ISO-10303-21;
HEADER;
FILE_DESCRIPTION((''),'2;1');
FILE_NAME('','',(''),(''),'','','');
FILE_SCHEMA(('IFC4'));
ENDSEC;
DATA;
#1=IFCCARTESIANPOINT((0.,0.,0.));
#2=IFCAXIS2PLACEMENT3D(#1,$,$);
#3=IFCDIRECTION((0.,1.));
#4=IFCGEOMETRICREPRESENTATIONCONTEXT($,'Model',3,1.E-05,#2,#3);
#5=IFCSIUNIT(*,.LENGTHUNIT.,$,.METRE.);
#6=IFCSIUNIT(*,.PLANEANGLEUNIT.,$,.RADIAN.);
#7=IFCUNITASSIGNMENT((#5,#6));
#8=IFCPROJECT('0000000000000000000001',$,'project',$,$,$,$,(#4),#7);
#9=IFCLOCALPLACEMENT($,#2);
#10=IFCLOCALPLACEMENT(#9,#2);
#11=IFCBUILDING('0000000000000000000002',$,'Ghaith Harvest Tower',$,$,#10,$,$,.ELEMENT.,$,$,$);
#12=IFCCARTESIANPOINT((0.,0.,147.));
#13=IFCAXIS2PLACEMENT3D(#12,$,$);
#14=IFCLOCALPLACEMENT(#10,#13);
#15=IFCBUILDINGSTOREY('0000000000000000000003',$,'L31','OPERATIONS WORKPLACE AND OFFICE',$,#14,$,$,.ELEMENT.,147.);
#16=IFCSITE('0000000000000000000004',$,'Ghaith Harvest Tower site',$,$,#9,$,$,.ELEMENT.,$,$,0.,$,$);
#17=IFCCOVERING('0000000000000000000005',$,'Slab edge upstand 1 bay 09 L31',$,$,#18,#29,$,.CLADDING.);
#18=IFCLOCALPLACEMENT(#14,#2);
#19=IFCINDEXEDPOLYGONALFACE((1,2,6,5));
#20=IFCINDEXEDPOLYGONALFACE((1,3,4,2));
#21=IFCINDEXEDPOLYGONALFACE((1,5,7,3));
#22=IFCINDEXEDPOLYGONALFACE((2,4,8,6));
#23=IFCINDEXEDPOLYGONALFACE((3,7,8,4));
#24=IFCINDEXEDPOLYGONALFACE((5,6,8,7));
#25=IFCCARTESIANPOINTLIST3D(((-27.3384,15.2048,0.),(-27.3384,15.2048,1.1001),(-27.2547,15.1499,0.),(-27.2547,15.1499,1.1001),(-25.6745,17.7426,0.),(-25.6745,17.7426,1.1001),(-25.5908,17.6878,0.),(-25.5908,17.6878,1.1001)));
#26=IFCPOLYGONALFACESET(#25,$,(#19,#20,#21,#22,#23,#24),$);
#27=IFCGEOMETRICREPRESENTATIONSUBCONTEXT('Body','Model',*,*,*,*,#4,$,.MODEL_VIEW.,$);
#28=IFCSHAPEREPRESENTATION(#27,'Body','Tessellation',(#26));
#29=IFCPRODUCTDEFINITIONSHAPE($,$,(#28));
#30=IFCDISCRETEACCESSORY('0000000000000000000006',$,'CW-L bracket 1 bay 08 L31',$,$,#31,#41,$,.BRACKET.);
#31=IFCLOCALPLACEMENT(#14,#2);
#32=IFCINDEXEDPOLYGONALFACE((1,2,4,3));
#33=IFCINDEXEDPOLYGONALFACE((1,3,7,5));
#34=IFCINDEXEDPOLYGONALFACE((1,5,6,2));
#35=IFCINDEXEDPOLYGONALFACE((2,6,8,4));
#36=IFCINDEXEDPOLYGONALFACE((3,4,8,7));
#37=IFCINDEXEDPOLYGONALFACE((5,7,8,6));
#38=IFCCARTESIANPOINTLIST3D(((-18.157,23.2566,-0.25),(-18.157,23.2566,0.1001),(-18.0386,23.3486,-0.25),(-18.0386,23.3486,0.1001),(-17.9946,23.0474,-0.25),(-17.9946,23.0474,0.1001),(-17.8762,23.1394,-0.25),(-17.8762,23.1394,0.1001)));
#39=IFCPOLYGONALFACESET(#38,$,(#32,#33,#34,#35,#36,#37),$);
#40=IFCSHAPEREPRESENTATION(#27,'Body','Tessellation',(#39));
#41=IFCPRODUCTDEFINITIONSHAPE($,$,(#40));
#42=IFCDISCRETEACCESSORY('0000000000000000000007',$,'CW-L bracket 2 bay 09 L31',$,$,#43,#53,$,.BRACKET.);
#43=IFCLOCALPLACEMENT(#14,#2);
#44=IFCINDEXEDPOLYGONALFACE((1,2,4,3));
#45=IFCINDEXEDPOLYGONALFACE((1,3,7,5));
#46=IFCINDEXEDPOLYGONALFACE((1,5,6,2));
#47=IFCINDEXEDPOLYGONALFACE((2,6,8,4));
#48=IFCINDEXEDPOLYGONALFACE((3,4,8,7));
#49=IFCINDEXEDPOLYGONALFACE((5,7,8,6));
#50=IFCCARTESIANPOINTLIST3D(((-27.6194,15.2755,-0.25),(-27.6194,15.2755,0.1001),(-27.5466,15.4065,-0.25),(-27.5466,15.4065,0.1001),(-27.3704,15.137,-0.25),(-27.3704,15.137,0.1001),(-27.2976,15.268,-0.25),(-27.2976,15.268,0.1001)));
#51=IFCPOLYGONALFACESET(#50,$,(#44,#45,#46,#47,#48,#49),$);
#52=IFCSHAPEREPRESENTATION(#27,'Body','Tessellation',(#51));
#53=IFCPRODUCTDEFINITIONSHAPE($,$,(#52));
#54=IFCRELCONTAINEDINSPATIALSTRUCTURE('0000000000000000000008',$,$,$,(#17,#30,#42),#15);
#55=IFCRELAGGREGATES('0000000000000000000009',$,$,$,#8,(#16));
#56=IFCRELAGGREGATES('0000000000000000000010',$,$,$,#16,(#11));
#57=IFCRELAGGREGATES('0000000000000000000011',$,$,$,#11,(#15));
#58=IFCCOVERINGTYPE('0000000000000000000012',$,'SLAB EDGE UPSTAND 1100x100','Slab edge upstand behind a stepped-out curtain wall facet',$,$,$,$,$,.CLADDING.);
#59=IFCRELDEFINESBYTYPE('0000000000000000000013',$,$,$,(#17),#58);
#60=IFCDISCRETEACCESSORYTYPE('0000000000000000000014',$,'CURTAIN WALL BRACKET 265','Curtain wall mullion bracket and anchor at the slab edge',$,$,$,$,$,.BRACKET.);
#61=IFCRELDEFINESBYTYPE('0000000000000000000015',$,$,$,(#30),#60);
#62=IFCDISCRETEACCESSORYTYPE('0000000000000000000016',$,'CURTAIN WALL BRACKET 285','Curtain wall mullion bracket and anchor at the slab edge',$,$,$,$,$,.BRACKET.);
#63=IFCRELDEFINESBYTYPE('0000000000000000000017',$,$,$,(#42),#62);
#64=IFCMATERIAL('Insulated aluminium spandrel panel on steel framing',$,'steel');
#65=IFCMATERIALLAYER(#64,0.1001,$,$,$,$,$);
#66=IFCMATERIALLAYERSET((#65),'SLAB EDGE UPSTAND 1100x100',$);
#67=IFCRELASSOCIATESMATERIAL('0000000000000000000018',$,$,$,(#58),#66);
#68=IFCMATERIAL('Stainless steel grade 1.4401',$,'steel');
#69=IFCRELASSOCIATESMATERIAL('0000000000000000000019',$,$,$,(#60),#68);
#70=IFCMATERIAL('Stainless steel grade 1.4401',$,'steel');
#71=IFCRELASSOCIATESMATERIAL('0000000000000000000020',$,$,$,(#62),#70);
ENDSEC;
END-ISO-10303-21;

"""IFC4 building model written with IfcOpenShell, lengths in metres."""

from ifc_helpers import new_model, si_unit, direction, frame, origin, origin_2d, place, context, subcontext, project, spatial, rectangle, extrude, material, layer, layer_set, type_object, element, save


model = new_model("IFC4")

# Units and contexts
model_context = context("Model", 3, precision=1e-05, world=origin(), true_north=direction((0.0, 1.0)))
body_context = subcontext(model_context, "Body", "Model", "MODEL_VIEW")
ifc_project = project(units=[si_unit("LENGTHUNIT", "METRE"), si_unit("PLANEANGLEUNIT", "RADIAN")], contexts=[model_context])

# Site, building, storey
site_placement = place(None, origin())
site = spatial("IfcSite", under=ifc_project, at=site_placement, Name="Ghaith Harvest Tower site", CompositionType="ELEMENT", RefElevation=0.0)
building_placement = place(site_placement, origin())
building = spatial("IfcBuilding", under=site, at=building_placement, Name="Ghaith Harvest Tower", CompositionType="ELEMENT")
storey_placement = place(building_placement, frame((0.0, 0.0, 147.0)))
storey = spatial("IfcBuildingStorey", under=building, at=storey_placement, Name="L31", Description="OPERATIONS WORKPLACE AND OFFICE", CompositionType="ELEMENT", Elevation=147.0)

# Covering
ifc_material_1 = material(Name="Insulated aluminium spandrel panel on steel framing", Category="steel")
ifc_layer_1 = layer(ifc_material_1, 0.1001)
ifc_layer_set_1 = layer_set([ifc_layer_1], Name="SLAB EDGE UPSTAND 1100x100")
covering_type = type_object("IfcCoveringType", Name="SLAB EDGE UPSTAND 1100x100", Description="Slab edge upstand behind a stepped-out curtain wall facet", PredefinedType="CLADDING", material=ifc_layer_set_1)
covering_1_placement = place(storey_placement, frame((-26.4646, 16.4463, 0.0), z_axis=(0.0, 0.0, 1.0), x_axis=(-0.548312, -0.836274, 0.0)))
element("IfcCovering", 1, at=covering_1_placement, inside=storey, type_object=covering_type, Name="Slab edge upstand 1 bay 09 L31", PredefinedType="CLADDING", context=body_context, shape_type="SweptSolid", body=[
    extrude(rectangle(XDim=3.0347, YDim=0.1001, at=origin_2d()), origin(), (0.0, 0.0, 1.0), 1.1001),
])

# Discrete accessories
ifc_material_2 = material(Name="Stainless steel grade 1.4401", Category="steel")
discrete_accessory_type_1 = type_object("IfcDiscreteAccessoryType", Name="CURTAIN WALL BRACKET 265", Description="Curtain wall mullion bracket and anchor at the slab edge", PredefinedType="BRACKET", material=ifc_material_2)
discrete_accessory_1_placement = place(storey_placement, frame((-18.0166, 23.198, -0.25), z_axis=(0.0, 0.0, 1.0), x_axis=(-0.613378, 0.78979, 0.0)))
element("IfcDiscreteAccessory", 2, at=discrete_accessory_1_placement, inside=storey, type_object=discrete_accessory_type_1, Name="CW-L bracket 1 bay 08 L31", PredefinedType="BRACKET", context=body_context, shape_type="SweptSolid", body=[
    extrude(rectangle(XDim=0.2649, YDim=0.1499, at=origin_2d()), origin(), (0.0, 0.0, 1.0), 0.3501),
])
ifc_material_3 = material(Name="Stainless steel grade 1.4401", Category="steel")
discrete_accessory_type_2 = type_object("IfcDiscreteAccessoryType", Name="CURTAIN WALL BRACKET 285", Description="Curtain wall mullion bracket and anchor at the slab edge", PredefinedType="BRACKET", material=ifc_material_3)
discrete_accessory_2_placement = place(storey_placement, frame((-27.4585, 15.2717, -0.25), z_axis=(0.0, 0.0, 1.0), x_axis=(-0.873927, 0.486057, 0.0)))
element("IfcDiscreteAccessory", 3, at=discrete_accessory_2_placement, inside=storey, type_object=discrete_accessory_type_2, Name="CW-L bracket 2 bay 09 L31", PredefinedType="BRACKET", context=body_context, shape_type="SweptSolid", body=[
    extrude(rectangle(XDim=0.2849, YDim=0.1499, at=origin_2d()), origin(), (0.0, 0.0, 1.0), 0.3501),
])

save(model, "model.ifc")
